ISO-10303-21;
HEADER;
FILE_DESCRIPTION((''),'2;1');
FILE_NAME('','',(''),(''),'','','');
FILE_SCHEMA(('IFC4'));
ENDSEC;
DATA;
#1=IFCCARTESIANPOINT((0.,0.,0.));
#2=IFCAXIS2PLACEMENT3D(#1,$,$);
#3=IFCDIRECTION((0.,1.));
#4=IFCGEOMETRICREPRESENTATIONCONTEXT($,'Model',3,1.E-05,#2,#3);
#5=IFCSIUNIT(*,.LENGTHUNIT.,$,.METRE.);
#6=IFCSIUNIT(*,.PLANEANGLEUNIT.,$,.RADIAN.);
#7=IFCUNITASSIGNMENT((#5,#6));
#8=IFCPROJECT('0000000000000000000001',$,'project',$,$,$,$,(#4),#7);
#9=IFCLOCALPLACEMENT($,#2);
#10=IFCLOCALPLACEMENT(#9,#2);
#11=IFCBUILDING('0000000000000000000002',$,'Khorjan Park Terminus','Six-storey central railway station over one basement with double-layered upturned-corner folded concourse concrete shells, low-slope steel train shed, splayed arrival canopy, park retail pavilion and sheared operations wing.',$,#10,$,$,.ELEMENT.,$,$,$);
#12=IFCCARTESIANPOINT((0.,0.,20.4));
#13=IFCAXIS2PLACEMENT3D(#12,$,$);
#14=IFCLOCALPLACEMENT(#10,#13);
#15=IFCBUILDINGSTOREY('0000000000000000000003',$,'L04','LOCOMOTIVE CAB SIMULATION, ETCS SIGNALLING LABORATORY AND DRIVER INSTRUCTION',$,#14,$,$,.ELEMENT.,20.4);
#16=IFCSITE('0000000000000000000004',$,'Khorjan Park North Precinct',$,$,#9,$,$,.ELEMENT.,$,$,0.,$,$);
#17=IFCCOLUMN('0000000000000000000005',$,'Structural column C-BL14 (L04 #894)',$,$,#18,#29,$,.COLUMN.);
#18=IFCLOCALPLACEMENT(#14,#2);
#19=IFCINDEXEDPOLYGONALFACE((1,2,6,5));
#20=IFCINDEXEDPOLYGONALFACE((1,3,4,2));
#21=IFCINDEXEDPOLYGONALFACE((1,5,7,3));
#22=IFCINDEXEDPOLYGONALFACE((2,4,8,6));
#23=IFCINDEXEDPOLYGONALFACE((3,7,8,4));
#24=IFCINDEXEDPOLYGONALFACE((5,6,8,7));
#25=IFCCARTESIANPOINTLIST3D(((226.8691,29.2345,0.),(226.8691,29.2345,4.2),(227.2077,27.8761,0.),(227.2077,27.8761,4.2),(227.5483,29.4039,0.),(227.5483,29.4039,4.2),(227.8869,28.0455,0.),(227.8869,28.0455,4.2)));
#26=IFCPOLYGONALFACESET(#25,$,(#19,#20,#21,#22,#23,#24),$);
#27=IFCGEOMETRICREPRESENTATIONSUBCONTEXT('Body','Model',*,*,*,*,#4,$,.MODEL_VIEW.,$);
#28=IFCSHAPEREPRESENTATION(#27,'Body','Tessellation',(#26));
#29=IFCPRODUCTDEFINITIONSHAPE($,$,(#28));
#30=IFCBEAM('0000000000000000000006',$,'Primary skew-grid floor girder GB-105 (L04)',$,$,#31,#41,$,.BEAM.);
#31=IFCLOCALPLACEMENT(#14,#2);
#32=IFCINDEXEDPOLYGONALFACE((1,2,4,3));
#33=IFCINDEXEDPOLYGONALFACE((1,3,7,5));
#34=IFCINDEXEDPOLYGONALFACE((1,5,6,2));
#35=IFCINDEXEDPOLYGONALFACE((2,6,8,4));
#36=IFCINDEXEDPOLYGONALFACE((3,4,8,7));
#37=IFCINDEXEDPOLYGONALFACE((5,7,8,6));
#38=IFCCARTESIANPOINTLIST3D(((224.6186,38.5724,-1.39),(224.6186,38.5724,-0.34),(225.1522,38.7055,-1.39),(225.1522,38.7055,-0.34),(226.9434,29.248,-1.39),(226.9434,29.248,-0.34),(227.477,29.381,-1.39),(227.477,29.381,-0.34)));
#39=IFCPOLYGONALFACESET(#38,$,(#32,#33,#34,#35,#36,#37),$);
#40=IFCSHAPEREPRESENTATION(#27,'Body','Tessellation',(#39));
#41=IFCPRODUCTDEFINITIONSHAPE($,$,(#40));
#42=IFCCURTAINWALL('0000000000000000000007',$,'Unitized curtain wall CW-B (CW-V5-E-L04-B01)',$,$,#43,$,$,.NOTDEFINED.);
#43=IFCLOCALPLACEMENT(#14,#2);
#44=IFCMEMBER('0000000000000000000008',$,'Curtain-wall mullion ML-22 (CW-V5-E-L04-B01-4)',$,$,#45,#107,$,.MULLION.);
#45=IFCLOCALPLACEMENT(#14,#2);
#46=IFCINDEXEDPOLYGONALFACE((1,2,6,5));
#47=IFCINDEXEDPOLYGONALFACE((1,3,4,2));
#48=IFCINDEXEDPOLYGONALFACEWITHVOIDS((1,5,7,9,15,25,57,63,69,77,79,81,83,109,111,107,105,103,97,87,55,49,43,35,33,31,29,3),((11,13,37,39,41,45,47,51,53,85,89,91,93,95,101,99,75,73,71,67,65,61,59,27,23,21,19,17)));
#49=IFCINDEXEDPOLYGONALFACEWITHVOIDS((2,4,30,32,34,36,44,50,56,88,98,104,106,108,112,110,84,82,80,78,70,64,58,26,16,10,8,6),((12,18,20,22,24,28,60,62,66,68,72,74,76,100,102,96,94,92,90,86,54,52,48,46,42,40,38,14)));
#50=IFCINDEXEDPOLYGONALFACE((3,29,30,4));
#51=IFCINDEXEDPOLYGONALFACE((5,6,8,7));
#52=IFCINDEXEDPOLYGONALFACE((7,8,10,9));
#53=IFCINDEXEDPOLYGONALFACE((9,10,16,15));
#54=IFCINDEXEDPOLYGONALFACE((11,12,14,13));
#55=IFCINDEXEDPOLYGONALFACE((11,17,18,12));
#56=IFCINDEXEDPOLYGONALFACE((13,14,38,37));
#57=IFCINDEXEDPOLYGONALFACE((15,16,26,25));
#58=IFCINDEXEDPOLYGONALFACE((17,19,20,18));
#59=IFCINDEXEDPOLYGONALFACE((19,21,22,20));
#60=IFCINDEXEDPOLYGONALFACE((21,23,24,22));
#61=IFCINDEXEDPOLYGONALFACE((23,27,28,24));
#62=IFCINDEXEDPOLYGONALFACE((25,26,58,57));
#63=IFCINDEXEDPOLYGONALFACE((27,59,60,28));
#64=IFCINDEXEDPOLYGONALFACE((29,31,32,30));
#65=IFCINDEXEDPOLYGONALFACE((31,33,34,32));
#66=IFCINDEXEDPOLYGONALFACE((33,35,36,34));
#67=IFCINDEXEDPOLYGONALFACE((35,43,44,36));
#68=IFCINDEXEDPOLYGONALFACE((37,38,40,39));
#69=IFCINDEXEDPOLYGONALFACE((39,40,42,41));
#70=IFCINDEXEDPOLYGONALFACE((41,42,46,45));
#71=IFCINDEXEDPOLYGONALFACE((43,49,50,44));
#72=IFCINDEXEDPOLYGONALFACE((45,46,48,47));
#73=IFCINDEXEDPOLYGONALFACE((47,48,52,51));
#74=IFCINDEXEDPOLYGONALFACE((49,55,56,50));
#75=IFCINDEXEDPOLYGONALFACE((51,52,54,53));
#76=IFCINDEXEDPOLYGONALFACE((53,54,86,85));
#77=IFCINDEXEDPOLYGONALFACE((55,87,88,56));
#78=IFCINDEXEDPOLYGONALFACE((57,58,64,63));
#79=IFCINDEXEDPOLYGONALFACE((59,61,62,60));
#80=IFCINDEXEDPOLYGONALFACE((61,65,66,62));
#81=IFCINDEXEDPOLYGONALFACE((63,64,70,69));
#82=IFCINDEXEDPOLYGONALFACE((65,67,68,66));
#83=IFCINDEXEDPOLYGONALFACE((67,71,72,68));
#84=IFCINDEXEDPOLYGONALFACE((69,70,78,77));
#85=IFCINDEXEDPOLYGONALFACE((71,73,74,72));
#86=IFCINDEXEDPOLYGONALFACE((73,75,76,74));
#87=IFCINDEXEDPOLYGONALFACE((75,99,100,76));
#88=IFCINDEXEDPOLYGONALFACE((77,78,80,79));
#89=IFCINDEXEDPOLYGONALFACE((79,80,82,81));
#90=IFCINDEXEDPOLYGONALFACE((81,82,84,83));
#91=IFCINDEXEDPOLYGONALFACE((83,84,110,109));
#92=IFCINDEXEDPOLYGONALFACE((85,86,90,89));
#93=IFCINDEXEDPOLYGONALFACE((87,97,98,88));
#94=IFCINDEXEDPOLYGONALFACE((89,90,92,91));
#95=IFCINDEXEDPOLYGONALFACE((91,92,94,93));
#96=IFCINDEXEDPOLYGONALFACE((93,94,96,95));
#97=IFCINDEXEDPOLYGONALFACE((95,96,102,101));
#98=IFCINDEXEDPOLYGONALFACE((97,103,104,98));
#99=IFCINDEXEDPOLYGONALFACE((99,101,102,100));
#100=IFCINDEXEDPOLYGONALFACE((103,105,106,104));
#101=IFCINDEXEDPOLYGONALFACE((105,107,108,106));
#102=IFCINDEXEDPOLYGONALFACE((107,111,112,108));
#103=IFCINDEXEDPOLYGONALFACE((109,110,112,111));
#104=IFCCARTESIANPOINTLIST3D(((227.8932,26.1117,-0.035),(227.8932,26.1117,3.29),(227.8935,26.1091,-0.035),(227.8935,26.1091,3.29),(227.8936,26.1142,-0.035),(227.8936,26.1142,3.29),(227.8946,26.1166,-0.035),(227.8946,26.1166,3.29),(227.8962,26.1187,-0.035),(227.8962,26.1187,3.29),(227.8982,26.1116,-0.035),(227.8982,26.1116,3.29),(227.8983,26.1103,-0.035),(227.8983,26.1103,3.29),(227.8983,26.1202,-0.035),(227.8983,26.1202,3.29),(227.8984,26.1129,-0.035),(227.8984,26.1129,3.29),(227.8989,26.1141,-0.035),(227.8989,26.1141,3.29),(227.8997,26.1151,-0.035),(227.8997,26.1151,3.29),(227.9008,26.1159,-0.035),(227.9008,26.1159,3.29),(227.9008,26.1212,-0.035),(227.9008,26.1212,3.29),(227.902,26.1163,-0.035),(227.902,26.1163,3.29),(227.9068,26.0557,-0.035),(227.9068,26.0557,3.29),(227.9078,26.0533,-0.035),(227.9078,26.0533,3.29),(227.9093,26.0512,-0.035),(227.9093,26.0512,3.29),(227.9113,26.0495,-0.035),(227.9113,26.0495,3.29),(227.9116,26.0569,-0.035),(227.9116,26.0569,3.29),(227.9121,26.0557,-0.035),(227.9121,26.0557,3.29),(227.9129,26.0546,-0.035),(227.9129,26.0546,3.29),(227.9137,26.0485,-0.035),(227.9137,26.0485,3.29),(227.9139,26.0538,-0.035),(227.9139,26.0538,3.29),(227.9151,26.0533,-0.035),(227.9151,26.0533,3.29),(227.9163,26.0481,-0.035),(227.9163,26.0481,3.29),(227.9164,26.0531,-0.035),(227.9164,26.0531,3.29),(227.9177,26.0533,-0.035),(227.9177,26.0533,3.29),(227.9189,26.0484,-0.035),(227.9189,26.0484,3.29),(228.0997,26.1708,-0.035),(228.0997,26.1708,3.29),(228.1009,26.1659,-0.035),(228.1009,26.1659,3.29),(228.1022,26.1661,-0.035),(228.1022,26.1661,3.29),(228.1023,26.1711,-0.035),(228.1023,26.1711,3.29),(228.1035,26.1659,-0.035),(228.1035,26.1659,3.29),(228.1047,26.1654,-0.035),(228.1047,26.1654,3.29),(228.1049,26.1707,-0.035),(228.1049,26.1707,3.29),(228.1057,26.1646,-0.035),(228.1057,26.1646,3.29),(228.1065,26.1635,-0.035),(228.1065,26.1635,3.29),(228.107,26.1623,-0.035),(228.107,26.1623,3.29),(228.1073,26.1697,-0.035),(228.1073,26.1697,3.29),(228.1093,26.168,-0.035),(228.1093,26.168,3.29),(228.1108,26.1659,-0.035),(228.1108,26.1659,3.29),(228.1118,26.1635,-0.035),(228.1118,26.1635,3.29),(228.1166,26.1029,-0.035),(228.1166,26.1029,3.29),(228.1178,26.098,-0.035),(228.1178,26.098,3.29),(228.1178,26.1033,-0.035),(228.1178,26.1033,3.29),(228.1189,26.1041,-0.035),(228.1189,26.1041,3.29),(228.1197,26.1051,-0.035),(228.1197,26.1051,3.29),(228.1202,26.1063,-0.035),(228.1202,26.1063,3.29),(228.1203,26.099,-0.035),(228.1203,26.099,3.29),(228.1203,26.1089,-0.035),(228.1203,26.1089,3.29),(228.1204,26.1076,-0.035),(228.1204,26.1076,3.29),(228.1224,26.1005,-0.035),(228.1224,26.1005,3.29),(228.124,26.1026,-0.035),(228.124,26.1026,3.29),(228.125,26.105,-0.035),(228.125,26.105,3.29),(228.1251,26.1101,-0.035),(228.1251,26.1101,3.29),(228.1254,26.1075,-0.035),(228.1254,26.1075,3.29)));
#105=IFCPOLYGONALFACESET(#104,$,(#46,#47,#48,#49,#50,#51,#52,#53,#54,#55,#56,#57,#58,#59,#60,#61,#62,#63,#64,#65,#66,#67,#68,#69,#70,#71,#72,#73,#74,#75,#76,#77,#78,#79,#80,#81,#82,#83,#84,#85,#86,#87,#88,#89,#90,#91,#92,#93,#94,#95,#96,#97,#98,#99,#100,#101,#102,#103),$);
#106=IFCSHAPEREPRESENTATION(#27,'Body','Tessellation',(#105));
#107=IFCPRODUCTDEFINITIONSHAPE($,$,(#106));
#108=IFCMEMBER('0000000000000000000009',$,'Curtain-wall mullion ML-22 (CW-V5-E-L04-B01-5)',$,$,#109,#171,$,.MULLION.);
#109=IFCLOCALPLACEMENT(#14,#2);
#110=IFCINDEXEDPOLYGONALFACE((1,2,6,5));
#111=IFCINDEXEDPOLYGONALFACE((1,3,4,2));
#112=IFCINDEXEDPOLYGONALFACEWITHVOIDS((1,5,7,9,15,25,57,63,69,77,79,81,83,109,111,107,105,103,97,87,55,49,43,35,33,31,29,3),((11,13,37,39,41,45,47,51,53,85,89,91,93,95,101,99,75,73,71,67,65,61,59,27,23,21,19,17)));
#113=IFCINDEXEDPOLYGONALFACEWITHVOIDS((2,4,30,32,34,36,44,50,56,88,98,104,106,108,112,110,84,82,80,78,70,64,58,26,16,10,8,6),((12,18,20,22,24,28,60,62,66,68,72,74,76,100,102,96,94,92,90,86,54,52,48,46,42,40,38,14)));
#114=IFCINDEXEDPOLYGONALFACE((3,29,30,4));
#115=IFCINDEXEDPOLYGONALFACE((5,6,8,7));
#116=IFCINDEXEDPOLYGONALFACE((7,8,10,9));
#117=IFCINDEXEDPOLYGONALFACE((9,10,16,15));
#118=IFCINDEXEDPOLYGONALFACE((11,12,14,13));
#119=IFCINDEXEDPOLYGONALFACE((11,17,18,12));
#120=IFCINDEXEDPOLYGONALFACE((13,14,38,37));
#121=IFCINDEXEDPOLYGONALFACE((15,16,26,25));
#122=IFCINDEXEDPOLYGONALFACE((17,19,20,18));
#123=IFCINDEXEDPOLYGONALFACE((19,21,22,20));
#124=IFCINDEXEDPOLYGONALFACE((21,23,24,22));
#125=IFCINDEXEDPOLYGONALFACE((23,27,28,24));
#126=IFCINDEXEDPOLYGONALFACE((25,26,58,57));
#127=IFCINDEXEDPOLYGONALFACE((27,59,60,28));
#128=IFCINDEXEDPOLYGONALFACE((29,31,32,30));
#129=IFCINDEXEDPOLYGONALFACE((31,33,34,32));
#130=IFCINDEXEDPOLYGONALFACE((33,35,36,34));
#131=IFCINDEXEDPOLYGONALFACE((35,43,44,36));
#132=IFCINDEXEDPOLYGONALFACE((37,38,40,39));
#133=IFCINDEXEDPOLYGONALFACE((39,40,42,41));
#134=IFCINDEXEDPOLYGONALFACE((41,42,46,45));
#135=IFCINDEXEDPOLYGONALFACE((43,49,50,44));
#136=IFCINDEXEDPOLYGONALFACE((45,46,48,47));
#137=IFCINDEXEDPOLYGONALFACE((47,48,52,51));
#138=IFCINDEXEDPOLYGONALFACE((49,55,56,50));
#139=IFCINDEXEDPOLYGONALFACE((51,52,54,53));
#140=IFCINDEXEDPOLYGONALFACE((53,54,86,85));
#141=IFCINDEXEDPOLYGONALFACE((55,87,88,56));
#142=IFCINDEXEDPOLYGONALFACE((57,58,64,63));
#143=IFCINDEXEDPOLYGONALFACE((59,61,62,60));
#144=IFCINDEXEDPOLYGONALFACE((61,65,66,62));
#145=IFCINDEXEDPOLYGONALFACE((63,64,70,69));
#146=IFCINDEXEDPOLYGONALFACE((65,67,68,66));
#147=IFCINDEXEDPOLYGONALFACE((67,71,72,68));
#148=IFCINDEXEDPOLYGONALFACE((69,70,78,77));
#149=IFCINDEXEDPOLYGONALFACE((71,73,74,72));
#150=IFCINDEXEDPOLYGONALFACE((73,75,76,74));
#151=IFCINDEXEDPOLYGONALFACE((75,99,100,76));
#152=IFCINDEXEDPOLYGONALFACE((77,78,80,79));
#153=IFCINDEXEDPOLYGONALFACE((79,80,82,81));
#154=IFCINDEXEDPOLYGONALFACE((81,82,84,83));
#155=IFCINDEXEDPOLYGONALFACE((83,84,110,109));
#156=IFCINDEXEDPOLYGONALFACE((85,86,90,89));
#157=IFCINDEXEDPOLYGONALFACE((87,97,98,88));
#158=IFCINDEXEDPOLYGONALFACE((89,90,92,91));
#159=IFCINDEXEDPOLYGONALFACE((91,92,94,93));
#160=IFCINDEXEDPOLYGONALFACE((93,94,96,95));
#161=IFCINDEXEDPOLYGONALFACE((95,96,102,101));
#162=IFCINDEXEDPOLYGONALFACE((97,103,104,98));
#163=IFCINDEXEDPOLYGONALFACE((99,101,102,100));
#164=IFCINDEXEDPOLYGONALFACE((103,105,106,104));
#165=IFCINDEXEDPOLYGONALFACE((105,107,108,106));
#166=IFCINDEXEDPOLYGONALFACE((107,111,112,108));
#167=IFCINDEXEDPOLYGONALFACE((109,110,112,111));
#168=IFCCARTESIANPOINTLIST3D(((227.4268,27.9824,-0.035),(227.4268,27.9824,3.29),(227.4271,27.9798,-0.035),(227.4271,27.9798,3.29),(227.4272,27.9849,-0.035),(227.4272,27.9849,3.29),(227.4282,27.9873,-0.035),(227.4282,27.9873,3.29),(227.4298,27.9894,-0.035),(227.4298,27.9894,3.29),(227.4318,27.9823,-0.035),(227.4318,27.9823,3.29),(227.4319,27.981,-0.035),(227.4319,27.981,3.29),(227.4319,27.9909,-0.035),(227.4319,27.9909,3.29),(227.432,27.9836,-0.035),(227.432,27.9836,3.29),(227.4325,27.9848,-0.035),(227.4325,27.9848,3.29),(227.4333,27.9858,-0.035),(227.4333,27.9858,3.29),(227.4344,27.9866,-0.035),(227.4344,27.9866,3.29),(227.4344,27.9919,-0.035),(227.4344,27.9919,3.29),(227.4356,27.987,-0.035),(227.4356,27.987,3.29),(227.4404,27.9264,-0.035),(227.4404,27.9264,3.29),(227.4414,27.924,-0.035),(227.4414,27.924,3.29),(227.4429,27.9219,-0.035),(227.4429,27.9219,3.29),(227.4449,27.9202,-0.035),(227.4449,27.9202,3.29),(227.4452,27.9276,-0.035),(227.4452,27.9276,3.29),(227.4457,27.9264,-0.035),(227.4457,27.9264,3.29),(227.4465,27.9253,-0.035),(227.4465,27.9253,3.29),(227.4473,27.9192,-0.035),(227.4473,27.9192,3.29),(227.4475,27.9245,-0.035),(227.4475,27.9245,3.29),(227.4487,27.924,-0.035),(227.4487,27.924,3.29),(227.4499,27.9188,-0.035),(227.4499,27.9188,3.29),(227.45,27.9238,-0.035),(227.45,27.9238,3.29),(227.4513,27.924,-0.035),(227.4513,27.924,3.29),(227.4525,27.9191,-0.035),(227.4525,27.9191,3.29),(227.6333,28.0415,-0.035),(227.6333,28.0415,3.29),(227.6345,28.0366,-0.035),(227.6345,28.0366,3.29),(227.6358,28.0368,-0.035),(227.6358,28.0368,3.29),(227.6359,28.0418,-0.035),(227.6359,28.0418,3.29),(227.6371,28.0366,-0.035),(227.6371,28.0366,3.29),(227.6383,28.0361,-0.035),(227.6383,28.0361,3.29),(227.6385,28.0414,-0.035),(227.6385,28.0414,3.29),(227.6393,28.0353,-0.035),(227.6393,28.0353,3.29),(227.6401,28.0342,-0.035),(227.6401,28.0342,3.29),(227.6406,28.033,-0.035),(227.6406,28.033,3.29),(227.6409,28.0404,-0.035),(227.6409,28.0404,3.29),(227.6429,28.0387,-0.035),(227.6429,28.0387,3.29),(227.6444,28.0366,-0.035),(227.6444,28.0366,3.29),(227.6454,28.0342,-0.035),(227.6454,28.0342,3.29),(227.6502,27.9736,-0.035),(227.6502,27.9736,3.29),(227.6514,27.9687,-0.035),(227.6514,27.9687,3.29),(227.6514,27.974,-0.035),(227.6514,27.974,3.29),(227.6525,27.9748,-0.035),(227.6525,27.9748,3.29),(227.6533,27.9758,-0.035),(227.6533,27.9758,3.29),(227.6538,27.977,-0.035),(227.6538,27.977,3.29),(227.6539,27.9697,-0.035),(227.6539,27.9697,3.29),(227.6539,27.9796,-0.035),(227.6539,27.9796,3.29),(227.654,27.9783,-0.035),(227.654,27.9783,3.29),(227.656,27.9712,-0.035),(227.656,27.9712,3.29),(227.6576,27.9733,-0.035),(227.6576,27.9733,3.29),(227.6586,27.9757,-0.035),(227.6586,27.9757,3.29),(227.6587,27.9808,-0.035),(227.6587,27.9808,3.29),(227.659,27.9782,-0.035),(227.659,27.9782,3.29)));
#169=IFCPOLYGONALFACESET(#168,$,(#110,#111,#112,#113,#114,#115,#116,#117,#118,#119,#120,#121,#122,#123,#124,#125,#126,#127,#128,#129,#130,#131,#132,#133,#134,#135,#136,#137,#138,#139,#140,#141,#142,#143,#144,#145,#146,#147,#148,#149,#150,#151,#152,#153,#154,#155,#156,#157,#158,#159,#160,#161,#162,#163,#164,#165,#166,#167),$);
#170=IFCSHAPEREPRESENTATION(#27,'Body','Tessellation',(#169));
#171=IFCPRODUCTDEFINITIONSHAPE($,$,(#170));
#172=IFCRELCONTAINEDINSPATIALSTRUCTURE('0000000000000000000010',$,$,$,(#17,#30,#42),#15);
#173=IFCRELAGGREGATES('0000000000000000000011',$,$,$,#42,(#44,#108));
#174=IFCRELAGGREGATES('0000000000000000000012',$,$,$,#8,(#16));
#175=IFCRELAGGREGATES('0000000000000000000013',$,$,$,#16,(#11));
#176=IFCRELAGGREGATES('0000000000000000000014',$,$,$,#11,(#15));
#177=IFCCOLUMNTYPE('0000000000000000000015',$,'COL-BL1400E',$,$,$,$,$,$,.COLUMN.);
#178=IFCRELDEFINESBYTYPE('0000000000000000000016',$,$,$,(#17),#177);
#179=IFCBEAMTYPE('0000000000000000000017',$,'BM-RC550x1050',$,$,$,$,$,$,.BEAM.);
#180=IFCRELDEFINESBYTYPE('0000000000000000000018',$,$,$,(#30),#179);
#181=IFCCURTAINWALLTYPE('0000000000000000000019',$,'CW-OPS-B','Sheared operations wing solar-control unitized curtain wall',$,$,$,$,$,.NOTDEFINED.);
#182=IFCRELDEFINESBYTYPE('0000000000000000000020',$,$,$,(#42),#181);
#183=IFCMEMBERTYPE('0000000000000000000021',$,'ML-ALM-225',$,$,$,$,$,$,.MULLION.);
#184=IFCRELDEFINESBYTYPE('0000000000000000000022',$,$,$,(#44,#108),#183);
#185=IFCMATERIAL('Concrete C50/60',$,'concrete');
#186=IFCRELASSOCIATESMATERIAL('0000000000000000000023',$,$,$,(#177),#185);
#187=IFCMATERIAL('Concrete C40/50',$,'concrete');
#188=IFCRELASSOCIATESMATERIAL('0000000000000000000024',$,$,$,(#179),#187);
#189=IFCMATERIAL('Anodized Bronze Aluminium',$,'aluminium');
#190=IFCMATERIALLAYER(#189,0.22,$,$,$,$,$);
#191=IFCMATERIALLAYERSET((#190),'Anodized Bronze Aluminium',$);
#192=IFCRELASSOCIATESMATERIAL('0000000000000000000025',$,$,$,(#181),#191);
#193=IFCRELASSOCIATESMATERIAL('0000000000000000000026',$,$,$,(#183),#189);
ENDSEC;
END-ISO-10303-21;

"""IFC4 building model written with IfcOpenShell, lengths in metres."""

from ifc_helpers import new_model, si_unit, direction, frame, origin, origin_2d, place, context, subcontext, project, spatial, rectangle, hollow_rectangle, extrude, material, layer, layer_set, material_profile, profile_set, type_object, element, aggregate, save


model = new_model("IFC4")

# Units and contexts
model_context = context("Model", 3, precision=1e-05, world=origin(), true_north=direction((0.0, 1.0)))
body_context = subcontext(model_context, "Body", "Model", "MODEL_VIEW")
ifc_project = project(units=[si_unit("LENGTHUNIT", "METRE"), si_unit("PLANEANGLEUNIT", "RADIAN")], contexts=[model_context])

# Site, building, storey
site_placement = place(None, origin())
site = spatial("IfcSite", under=ifc_project, at=site_placement, Name="Khorjan Park North Precinct", CompositionType="ELEMENT", RefElevation=0.0)
building_placement = place(site_placement, origin())
building = spatial("IfcBuilding", under=site, at=building_placement, Name="Khorjan Park Terminus", Description="Six-storey central railway station over one basement with double-layered upturned-corner folded concourse concrete shells, low-slope steel train shed, splayed arrival canopy, park retail pavilion and sheared operations wing.", CompositionType="ELEMENT")
storey_placement = place(building_placement, frame((0.0, 0.0, 20.4)))
storey = spatial("IfcBuildingStorey", under=building, at=storey_placement, Name="L04", Description="LOCOMOTIVE CAB SIMULATION, ETCS SIGNALLING LABORATORY AND DRIVER INSTRUCTION", CompositionType="ELEMENT", Elevation=20.4)

# Column
ifc_material_1 = material(Name="Concrete C50/60", Category="concrete")
ifc_material_profile_1 = material_profile(ifc_material_1, rectangle(XDim=0.7, YDim=1.4, at=origin_2d()), Name="RC 700x1400")
ifc_profile_set_1 = profile_set([ifc_material_profile_1], Name="Concrete C50/60")
column_type = type_object("IfcColumnType", Name="COL-BL1400E", PredefinedType="COLUMN", material=ifc_profile_set_1)
column_placement = place(storey_placement, frame((227.378, 28.64, 0.0), z_axis=(0.0, 0.0, 1.0), x_axis=(0.970296, 0.241922, 0.0)))
element("IfcColumn", 1, at=column_placement, inside=storey, type_object=column_type, Name="Structural column C-BL14 (L04 #894)", PredefinedType="COLUMN", context=body_context, shape_type="SweptSolid", body=[
    extrude(rectangle(XDim=0.7, YDim=1.4, at=origin_2d()), origin(), (0.0, 0.0, 1.0), 4.2),
])

# Beam
ifc_material_2 = material(Name="Concrete C40/50", Category="concrete")
ifc_material_profile_2 = material_profile(ifc_material_2, rectangle(XDim=0.55, YDim=1.05, at=origin_2d()), Name="RC 550x1050")
ifc_profile_set_2 = profile_set([ifc_material_profile_2], Name="Concrete C40/50")
beam_type = type_object("IfcBeamType", Name="BM-RC550x1050", PredefinedType="BEAM", material=ifc_profile_set_2)
beam_placement = place(storey_placement, frame((227.2102, 29.3145, -0.865), z_axis=(-0.241916, 0.970297, 0.0), x_axis=(-0.970297, -0.241916, 0.0)))
element("IfcBeam", 2, at=beam_placement, inside=storey, type_object=beam_type, Name="Primary skew-grid floor girder GB-105 (L04)", PredefinedType="BEAM", context=body_context, shape_type="SweptSolid", body=[
    extrude(rectangle(XDim=0.55, YDim=1.05, at=origin_2d()), origin(), (0.0, 0.0, 1.0), 9.6099),
])

# Curtain wall, members
ifc_material_3 = material(Name="Anodized Bronze Aluminium", Category="aluminium")
ifc_layer_1 = layer(ifc_material_3, 0.22)
ifc_layer_set_1 = layer_set([ifc_layer_1], Name="Anodized Bronze Aluminium")
curtain_wall_type = type_object("IfcCurtainWallType", Name="CW-OPS-B", Description="Sheared operations wing solar-control unitized curtain wall", PredefinedType="NOTDEFINED", material=ifc_layer_set_1)
curtain_wall_placement = place(storey_placement, origin())
curtain_wall = element("IfcCurtainWall", 3, at=curtain_wall_placement, inside=storey, type_object=curtain_wall_type, Name="Unitized curtain wall CW-B (CW-V5-E-L04-B01)", PredefinedType="NOTDEFINED")
ifc_material_profile_3 = material_profile(ifc_material_3, hollow_rectangle(XDim=0.075, YDim=0.225, WallThickness=0.005, InnerFilletRadius=0.005, OuterFilletRadius=0.01, at=origin_2d()), Name="ALM 75x225x5")
ifc_profile_set_3 = profile_set([ifc_material_profile_3], Name="Anodized Bronze Aluminium")
member_type_1 = type_object("IfcMemberType", Name="ML-ALM-225", PredefinedType="MULLION", material=ifc_profile_set_3)
member_1_placement = place(storey_placement, frame((228.0093, 26.1096, -0.035), z_axis=(0.0, 0.0, 1.0), x_axis=(-0.24192, 0.970296, 0.0)))
member_1 = element("IfcMember", 4, at=member_1_placement, type_object=member_type_1, Name="Curtain-wall mullion ML-22 (CW-V5-E-L04-B01-4)", PredefinedType="MULLION", context=body_context, shape_type="SweptSolid", body=[
    extrude(hollow_rectangle(XDim=0.075, YDim=0.225, WallThickness=0.005, InnerFilletRadius=0.005, OuterFilletRadius=0.01, at=origin_2d()), origin(), (0.0, 0.0, 1.0), 3.325),
])
member_2_placement = place(storey_placement, frame((227.5429, 27.9803, -0.035), z_axis=(0.0, 0.0, 1.0), x_axis=(-0.24192, 0.970296, 0.0)))
member_2 = element("IfcMember", 5, at=member_2_placement, type_object=member_type_1, Name="Curtain-wall mullion ML-22 (CW-V5-E-L04-B01-5)", PredefinedType="MULLION", context=body_context, shape_type="SweptSolid", body=[
    extrude(hollow_rectangle(XDim=0.075, YDim=0.225, WallThickness=0.005, InnerFilletRadius=0.005, OuterFilletRadius=0.01, at=origin_2d()), origin(), (0.0, 0.0, 1.0), 3.325),
])
aggregate(curtain_wall, [member_1, member_2])

save(model, "model.ifc")
